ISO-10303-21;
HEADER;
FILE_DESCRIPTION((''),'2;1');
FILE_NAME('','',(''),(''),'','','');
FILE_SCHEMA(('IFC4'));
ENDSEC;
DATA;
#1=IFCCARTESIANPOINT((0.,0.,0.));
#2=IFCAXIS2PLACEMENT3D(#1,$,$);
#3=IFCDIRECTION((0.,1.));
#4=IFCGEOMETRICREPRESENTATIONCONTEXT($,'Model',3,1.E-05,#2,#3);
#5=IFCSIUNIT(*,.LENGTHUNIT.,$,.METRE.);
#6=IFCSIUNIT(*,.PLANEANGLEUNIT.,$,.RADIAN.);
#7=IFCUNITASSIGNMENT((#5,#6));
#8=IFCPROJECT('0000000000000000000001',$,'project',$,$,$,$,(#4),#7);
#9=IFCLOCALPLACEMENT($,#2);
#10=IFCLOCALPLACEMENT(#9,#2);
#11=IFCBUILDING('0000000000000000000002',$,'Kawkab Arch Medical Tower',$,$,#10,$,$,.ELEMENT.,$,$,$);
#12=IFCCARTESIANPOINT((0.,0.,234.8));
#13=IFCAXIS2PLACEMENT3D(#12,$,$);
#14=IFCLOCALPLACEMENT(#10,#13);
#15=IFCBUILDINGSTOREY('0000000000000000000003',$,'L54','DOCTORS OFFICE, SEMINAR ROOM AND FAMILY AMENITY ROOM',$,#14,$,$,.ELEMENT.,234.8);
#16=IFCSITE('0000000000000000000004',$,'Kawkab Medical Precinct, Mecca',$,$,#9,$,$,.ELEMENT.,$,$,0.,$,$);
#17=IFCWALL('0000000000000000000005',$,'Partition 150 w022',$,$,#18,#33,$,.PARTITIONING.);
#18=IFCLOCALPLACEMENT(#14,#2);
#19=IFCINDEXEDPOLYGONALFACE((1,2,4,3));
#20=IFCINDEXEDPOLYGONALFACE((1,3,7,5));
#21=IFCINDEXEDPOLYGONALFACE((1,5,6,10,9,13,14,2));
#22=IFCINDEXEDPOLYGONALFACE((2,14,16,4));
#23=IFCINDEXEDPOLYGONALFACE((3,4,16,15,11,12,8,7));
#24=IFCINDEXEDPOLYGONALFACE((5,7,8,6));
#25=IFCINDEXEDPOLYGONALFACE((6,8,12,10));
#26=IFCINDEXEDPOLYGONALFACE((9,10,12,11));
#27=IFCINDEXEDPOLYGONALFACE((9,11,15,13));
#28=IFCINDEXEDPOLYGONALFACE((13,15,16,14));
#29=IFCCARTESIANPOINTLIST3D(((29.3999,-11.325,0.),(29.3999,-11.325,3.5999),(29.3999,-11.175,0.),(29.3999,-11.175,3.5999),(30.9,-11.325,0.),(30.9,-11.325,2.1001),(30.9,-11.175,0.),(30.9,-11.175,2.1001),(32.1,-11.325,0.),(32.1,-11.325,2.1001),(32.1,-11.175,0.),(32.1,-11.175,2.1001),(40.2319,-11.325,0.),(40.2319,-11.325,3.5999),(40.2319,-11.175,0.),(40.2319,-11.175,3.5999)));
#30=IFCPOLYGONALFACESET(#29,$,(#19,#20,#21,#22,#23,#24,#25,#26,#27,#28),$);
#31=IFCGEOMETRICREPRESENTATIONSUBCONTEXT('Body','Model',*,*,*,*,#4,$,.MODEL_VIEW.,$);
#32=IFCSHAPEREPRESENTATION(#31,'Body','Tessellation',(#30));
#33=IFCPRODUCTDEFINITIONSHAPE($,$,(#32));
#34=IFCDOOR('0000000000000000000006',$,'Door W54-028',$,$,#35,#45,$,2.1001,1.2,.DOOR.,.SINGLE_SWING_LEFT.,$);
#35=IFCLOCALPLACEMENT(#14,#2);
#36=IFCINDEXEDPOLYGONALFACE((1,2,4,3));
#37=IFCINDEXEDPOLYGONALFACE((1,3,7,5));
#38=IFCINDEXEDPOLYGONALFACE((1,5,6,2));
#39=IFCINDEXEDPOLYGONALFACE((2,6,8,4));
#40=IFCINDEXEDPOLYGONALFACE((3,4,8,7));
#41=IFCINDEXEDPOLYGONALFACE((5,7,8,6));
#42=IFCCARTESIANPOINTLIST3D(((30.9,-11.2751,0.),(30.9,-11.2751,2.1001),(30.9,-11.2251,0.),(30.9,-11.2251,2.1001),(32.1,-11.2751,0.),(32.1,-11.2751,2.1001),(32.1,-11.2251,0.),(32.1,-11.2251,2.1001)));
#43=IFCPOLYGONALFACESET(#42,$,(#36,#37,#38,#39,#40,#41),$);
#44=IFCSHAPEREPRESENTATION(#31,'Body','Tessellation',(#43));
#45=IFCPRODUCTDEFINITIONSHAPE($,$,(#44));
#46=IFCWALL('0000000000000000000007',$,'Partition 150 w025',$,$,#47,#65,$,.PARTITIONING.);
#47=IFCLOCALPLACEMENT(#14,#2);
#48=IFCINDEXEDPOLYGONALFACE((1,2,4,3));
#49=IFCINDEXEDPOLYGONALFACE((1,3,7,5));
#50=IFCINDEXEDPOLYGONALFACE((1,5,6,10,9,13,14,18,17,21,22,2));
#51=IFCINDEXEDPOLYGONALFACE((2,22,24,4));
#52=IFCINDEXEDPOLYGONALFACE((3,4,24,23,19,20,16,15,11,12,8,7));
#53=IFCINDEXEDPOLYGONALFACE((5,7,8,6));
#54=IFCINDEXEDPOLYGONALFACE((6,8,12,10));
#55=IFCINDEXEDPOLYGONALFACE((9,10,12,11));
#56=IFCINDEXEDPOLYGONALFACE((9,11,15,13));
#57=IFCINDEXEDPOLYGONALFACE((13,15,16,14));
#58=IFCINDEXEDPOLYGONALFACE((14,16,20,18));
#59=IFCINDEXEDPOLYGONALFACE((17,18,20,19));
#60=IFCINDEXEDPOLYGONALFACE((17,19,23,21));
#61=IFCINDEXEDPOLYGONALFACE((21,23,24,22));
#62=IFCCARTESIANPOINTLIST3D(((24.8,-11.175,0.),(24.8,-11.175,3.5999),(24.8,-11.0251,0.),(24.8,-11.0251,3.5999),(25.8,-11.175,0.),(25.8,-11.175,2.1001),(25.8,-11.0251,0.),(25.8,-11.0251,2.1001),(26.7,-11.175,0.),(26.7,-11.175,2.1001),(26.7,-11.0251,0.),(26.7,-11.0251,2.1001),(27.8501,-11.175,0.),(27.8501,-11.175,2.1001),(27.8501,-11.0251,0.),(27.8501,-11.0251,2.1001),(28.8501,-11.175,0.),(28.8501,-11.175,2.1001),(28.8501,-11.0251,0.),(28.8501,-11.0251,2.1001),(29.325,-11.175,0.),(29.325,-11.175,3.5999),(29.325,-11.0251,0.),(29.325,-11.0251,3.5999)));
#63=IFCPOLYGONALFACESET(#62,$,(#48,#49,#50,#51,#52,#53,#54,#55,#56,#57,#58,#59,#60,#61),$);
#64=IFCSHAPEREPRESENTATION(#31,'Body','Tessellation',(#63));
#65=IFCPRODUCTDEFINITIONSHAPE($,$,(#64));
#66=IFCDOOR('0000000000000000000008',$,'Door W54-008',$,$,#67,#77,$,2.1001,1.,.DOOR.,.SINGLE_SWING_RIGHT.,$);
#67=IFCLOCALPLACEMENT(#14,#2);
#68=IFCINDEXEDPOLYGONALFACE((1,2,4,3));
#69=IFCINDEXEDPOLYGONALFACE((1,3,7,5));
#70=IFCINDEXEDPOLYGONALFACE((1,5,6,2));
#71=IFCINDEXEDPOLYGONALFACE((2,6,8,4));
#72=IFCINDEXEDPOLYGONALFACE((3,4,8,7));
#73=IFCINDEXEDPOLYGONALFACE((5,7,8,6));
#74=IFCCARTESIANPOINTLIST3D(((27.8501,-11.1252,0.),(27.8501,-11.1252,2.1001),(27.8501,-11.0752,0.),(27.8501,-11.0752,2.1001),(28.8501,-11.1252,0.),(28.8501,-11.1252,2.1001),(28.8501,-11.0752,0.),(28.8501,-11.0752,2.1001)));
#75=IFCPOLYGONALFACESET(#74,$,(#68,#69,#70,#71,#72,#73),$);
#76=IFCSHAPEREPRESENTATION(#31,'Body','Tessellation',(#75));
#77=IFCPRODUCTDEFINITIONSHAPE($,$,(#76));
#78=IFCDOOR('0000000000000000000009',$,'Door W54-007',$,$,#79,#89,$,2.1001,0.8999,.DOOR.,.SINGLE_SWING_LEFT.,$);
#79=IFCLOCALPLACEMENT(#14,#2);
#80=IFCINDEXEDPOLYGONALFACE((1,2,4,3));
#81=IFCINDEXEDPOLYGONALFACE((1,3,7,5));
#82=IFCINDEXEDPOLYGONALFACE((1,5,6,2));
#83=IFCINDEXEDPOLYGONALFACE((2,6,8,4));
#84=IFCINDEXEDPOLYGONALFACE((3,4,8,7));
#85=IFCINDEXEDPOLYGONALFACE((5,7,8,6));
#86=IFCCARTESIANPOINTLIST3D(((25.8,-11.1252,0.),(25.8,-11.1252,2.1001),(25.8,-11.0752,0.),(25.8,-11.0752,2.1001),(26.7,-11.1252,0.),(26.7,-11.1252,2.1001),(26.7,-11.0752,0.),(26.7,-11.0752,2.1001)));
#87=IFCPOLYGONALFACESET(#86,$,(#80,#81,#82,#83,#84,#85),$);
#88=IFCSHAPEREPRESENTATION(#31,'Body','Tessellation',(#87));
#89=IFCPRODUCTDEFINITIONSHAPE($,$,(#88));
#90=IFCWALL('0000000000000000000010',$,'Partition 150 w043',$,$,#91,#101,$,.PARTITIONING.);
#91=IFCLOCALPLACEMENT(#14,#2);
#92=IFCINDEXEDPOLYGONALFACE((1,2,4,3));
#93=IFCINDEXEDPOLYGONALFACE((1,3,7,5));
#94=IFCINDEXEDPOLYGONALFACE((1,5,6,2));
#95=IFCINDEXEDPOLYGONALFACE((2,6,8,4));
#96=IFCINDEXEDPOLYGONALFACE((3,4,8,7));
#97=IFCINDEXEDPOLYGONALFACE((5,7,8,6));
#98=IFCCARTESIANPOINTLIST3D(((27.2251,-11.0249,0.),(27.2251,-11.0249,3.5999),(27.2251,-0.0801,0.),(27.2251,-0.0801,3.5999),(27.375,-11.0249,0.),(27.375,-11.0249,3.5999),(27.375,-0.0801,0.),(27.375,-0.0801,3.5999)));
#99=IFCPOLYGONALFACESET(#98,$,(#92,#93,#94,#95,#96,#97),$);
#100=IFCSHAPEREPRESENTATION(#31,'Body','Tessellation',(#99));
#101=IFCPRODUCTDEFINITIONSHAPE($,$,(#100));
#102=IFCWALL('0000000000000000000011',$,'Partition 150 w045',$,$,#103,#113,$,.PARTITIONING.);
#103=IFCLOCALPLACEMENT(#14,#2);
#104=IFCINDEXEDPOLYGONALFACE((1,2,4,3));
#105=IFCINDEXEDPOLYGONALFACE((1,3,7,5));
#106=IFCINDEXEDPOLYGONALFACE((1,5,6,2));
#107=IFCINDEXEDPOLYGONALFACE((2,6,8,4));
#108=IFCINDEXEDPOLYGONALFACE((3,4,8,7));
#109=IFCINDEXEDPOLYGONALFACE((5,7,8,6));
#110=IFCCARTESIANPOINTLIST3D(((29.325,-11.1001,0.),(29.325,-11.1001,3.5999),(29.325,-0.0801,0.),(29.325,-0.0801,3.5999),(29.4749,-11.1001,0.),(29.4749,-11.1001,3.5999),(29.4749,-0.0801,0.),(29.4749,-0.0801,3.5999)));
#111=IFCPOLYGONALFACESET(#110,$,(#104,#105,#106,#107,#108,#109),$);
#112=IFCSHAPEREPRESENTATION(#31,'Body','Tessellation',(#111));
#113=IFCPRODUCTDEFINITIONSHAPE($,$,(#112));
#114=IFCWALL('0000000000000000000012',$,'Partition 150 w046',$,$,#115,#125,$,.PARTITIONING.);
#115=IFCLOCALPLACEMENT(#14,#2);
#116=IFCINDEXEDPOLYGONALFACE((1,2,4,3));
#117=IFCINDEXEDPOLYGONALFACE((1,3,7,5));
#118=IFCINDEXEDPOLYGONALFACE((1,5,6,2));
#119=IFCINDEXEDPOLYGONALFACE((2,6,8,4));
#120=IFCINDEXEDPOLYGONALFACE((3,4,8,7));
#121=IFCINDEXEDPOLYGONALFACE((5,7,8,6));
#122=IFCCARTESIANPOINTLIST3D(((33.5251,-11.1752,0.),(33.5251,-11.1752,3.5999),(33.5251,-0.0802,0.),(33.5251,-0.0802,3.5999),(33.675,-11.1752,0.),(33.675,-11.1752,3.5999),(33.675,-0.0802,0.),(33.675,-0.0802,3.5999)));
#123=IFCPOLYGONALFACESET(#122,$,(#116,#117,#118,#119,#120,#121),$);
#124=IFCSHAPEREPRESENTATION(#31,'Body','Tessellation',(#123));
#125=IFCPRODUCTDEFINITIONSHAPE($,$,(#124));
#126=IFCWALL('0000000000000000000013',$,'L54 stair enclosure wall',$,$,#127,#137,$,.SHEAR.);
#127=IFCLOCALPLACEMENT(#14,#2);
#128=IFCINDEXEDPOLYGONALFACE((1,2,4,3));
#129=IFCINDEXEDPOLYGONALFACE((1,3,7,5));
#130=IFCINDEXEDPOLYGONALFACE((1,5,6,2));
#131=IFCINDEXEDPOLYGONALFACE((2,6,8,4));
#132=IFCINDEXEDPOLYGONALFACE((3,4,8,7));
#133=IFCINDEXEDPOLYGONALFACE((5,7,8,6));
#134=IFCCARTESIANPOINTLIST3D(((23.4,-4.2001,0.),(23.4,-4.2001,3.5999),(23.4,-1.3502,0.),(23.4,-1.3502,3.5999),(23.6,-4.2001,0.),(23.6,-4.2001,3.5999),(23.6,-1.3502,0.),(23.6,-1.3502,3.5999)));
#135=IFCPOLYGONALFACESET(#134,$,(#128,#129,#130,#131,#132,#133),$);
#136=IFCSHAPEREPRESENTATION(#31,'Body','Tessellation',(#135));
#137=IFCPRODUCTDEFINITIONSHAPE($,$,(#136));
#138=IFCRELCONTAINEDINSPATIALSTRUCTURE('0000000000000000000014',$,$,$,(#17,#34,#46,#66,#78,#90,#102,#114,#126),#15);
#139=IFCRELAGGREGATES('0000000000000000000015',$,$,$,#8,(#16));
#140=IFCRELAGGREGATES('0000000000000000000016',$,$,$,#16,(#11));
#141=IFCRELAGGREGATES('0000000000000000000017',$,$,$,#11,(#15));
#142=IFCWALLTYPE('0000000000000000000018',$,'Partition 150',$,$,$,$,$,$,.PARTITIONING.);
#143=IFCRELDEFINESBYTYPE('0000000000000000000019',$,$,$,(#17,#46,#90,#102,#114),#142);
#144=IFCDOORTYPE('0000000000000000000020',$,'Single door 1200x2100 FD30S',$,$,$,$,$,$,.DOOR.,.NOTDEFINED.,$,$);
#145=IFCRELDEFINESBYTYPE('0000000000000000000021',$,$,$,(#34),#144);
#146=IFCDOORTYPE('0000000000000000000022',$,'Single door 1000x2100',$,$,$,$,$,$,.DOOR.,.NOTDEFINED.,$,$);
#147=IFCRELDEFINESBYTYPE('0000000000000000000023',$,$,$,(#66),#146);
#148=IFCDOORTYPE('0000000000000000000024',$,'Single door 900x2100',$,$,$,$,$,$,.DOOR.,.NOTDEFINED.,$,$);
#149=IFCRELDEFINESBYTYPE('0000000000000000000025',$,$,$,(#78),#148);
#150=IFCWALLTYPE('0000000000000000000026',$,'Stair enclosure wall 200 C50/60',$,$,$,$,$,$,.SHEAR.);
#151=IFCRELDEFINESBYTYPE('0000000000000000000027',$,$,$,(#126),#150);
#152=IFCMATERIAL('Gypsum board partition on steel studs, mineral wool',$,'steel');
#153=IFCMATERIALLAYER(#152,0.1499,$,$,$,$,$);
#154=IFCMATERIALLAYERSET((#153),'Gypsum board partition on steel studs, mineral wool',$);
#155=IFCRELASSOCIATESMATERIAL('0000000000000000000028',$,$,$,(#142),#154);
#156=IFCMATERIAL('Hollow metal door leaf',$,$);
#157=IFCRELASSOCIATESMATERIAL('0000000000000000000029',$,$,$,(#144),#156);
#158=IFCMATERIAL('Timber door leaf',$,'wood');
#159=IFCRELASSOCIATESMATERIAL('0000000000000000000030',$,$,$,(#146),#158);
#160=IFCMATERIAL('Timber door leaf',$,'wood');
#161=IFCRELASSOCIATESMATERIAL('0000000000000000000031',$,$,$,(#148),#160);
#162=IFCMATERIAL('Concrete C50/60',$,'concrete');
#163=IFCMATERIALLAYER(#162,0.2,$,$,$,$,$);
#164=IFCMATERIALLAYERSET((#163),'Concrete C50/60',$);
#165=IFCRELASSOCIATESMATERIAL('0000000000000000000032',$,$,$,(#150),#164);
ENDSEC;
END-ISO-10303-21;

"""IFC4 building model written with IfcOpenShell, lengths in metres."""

from ifc_helpers import new_model, si_unit, direction, frame, frame_2d, origin, place, context, subcontext, project, spatial, rectangle, extrude, material, layer, layer_set, type_object, element, fill, save


model = new_model("IFC4")

# Units and contexts
model_context = context("Model", 3, precision=1e-05, world=origin(), true_north=direction((0.0, 1.0)))
body_context = subcontext(model_context, "Body", "Model", "MODEL_VIEW")
ifc_project = project(units=[si_unit("LENGTHUNIT", "METRE"), si_unit("PLANEANGLEUNIT", "RADIAN")], contexts=[model_context])

# Site, building, storey
site_placement = place(None, origin())
site = spatial("IfcSite", under=ifc_project, at=site_placement, Name="Kawkab Medical Precinct, Mecca", CompositionType="ELEMENT", RefElevation=0.0)
building_placement = place(site_placement, origin())
building = spatial("IfcBuilding", under=site, at=building_placement, Name="Kawkab Arch Medical Tower", CompositionType="ELEMENT")
storey_placement = place(building_placement, frame((0.0, 0.0, 234.8)))
storey = spatial("IfcBuildingStorey", under=building, at=storey_placement, Name="L54", Description="DOCTORS OFFICE, SEMINAR ROOM AND FAMILY AMENITY ROOM", CompositionType="ELEMENT", Elevation=234.8)

# Shared definitions
ifc_material_1 = material(Name="Gypsum board partition on steel studs, mineral wool", Category="steel")
ifc_layer_1 = layer(ifc_material_1, 0.1499)
ifc_layer_set_1 = layer_set([ifc_layer_1], Name="Gypsum board partition on steel studs, mineral wool")
wall_type_1 = type_object("IfcWallType", Name="Partition 150", PredefinedType="PARTITIONING", material=ifc_layer_set_1)
ifc_material_2 = material(Name="Hollow metal door leaf")
door_type_1 = type_object("IfcDoorType", Name="Single door 1200x2100 FD30S", OperationType="NOTDEFINED", PredefinedType="DOOR", material=ifc_material_2)

# Wall, opening, door
wall_1_placement = place(storey_placement, frame((29.3999, -11.25, 0.0), z_axis=(0.0, 0.0, 1.0), x_axis=(1.0, 0.0, 0.0)))
wall_1 = element("IfcWall", 1, at=wall_1_placement, inside=storey, type_object=wall_type_1, Name="Partition 150 w022", PredefinedType="PARTITIONING", context=body_context, shape_type="SweptSolid", body=[
    extrude(rectangle(XDim=10.832, YDim=0.1499, at=frame_2d((5.416, 0.0))), origin(), (0.0, 0.0, 1.0), 3.5999),
])
opening_1_placement = place(wall_1_placement, frame((1.5, 0.0, 0.0)))
opening_1 = element("IfcOpeningElement", 2, at=opening_1_placement, cuts=wall_1, PredefinedType="OPENING", context=body_context, shape_type="SweptSolid", body=[
    extrude(rectangle(XDim=1.2, YDim=2.1001, at=frame_2d((0.6001, 1.05))), frame((0.0, 0.085, 0.0), z_axis=(0.0, -1.0, 0.0), x_axis=(1.0, 0.0, 0.0)), (0.0, 0.0, 1.0), 0.1699),
])
door_1_placement = place(opening_1_placement, origin())
door_1 = element("IfcDoor", 3, at=door_1_placement, inside=storey, type_object=door_type_1, Name="Door W54-028", OperationType="SINGLE_SWING_LEFT", OverallHeight=2.1001, OverallWidth=1.2, PredefinedType="DOOR", context=body_context, shape_type="SweptSolid", body=[
    extrude(rectangle(XDim=1.2, YDim=2.1001, at=frame_2d((0.6001, 1.05))), frame((0.0, 0.0249, 0.0), z_axis=(0.0, -1.0, 0.0), x_axis=(1.0, 0.0, 0.0)), (0.0, 0.0, 1.0), 0.05),
])
fill(opening_1, door_1)

# Wall, openings, doors
wall_2_placement = place(storey_placement, frame((24.8, -11.1001, 0.0), z_axis=(0.0, 0.0, 1.0), x_axis=(1.0, 0.0, 0.0)))
wall_2 = element("IfcWall", 4, at=wall_2_placement, inside=storey, type_object=wall_type_1, Name="Partition 150 w025", PredefinedType="PARTITIONING", context=body_context, shape_type="SweptSolid", body=[
    extrude(rectangle(XDim=4.5249, YDim=0.1499, at=frame_2d((2.2625, 0.0))), origin(), (0.0, 0.0, 1.0), 3.5999),
])
opening_2_placement = place(wall_2_placement, frame((1.0, 0.0, 0.0)))
opening_2 = element("IfcOpeningElement", 5, at=opening_2_placement, cuts=wall_2, PredefinedType="OPENING", context=body_context, shape_type="SweptSolid", body=[
    extrude(rectangle(XDim=0.8999, YDim=2.1001, at=frame_2d((0.45, 1.05))), frame((0.0, 0.085, 0.0), z_axis=(0.0, -1.0, 0.0), x_axis=(1.0, 0.0, 0.0)), (0.0, 0.0, 1.0), 0.1699),
])
opening_3_placement = place(wall_2_placement, frame((3.05, 0.0, 0.0)))
opening_3 = element("IfcOpeningElement", 6, at=opening_3_placement, cuts=wall_2, PredefinedType="OPENING", context=body_context, shape_type="SweptSolid", body=[
    extrude(rectangle(XDim=1.0, YDim=2.1001, at=frame_2d((0.5, 1.05))), frame((0.0, 0.085, 0.0), z_axis=(0.0, -1.0, 0.0), x_axis=(1.0, 0.0, 0.0)), (0.0, 0.0, 1.0), 0.1699),
])
ifc_material_3 = material(Name="Timber door leaf", Category="wood")
door_type_2 = type_object("IfcDoorType", Name="Single door 1000x2100", OperationType="NOTDEFINED", PredefinedType="DOOR", material=ifc_material_3)
door_2_placement = place(opening_3_placement, origin())
door_2 = element("IfcDoor", 7, at=door_2_placement, inside=storey, type_object=door_type_2, Name="Door W54-008", OperationType="SINGLE_SWING_RIGHT", OverallHeight=2.1001, OverallWidth=1.0, PredefinedType="DOOR", context=body_context, shape_type="SweptSolid", body=[
    extrude(rectangle(XDim=1.0, YDim=2.1001, at=frame_2d((0.5, 1.05))), frame((0.0, 0.0249, 0.0), z_axis=(0.0, -1.0, 0.0), x_axis=(1.0, 0.0, 0.0)), (0.0, 0.0, 1.0), 0.05),
])
fill(opening_3, door_2)
ifc_material_4 = material(Name="Timber door leaf", Category="wood")
door_type_3 = type_object("IfcDoorType", Name="Single door 900x2100", OperationType="NOTDEFINED", PredefinedType="DOOR", material=ifc_material_4)
door_3_placement = place(opening_2_placement, origin())
door_3 = element("IfcDoor", 8, at=door_3_placement, inside=storey, type_object=door_type_3, Name="Door W54-007", OperationType="SINGLE_SWING_LEFT", OverallHeight=2.1001, OverallWidth=0.8999, PredefinedType="DOOR", context=body_context, shape_type="SweptSolid", body=[
    extrude(rectangle(XDim=0.8999, YDim=2.1001, at=frame_2d((0.45, 1.05))), frame((0.0, 0.0249, 0.0), z_axis=(0.0, -1.0, 0.0), x_axis=(1.0, 0.0, 0.0)), (0.0, 0.0, 1.0), 0.05),
])
fill(opening_2, door_3)

# Walls
wall_3_placement = place(storey_placement, frame((27.3, -11.0249, 0.0), z_axis=(0.0, 0.0, 1.0), x_axis=(0.0, 1.0, 0.0)))
element("IfcWall", 9, at=wall_3_placement, inside=storey, type_object=wall_type_1, Name="Partition 150 w043", PredefinedType="PARTITIONING", context=body_context, shape_type="SweptSolid", body=[
    extrude(rectangle(XDim=10.9448, YDim=0.1499, at=frame_2d((5.4724, 0.0))), origin(), (0.0, 0.0, 1.0), 3.5999),
])
wall_4_placement = place(storey_placement, frame((29.3999, -11.1001, 0.0), z_axis=(0.0, 0.0, 1.0), x_axis=(0.0, 1.0, 0.0)))
element("IfcWall", 10, at=wall_4_placement, inside=storey, type_object=wall_type_1, Name="Partition 150 w045", PredefinedType="PARTITIONING", context=body_context, shape_type="SweptSolid", body=[
    extrude(rectangle(XDim=11.02, YDim=0.1499, at=frame_2d((5.51, 0.0))), origin(), (0.0, 0.0, 1.0), 3.5999),
])
wall_5_placement = place(storey_placement, frame((33.6001, -11.175, 0.0), z_axis=(0.0, 0.0, 1.0), x_axis=(0.0, 1.0, 0.0)))
element("IfcWall", 11, at=wall_5_placement, inside=storey, type_object=wall_type_1, Name="Partition 150 w046", PredefinedType="PARTITIONING", context=body_context, shape_type="SweptSolid", body=[
    extrude(rectangle(XDim=11.095, YDim=0.1499, at=frame_2d((5.5474, 0.0))), origin(), (0.0, 0.0, 1.0), 3.5999),
])
ifc_material_5 = material(Name="Concrete C50/60", Category="concrete")
ifc_layer_2 = layer(ifc_material_5, 0.2)
ifc_layer_set_2 = layer_set([ifc_layer_2], Name="Concrete C50/60")
wall_type_2 = type_object("IfcWallType", Name="Stair enclosure wall 200 C50/60", PredefinedType="SHEAR", material=ifc_layer_set_2)
wall_6_placement = place(storey_placement, frame((23.5, -4.2, 0.0), z_axis=(0.0, 0.0, 1.0), x_axis=(0.0, 1.0, 0.0)))
element("IfcWall", 12, at=wall_6_placement, inside=storey, type_object=wall_type_2, Name="L54 stair enclosure wall", PredefinedType="SHEAR", context=body_context, shape_type="SweptSolid", body=[
    extrude(rectangle(XDim=2.8499, YDim=0.2, at=frame_2d((1.4248, 0.0))), origin(), (0.0, 0.0, 1.0), 3.5999),
])

save(model, "model.ifc")
